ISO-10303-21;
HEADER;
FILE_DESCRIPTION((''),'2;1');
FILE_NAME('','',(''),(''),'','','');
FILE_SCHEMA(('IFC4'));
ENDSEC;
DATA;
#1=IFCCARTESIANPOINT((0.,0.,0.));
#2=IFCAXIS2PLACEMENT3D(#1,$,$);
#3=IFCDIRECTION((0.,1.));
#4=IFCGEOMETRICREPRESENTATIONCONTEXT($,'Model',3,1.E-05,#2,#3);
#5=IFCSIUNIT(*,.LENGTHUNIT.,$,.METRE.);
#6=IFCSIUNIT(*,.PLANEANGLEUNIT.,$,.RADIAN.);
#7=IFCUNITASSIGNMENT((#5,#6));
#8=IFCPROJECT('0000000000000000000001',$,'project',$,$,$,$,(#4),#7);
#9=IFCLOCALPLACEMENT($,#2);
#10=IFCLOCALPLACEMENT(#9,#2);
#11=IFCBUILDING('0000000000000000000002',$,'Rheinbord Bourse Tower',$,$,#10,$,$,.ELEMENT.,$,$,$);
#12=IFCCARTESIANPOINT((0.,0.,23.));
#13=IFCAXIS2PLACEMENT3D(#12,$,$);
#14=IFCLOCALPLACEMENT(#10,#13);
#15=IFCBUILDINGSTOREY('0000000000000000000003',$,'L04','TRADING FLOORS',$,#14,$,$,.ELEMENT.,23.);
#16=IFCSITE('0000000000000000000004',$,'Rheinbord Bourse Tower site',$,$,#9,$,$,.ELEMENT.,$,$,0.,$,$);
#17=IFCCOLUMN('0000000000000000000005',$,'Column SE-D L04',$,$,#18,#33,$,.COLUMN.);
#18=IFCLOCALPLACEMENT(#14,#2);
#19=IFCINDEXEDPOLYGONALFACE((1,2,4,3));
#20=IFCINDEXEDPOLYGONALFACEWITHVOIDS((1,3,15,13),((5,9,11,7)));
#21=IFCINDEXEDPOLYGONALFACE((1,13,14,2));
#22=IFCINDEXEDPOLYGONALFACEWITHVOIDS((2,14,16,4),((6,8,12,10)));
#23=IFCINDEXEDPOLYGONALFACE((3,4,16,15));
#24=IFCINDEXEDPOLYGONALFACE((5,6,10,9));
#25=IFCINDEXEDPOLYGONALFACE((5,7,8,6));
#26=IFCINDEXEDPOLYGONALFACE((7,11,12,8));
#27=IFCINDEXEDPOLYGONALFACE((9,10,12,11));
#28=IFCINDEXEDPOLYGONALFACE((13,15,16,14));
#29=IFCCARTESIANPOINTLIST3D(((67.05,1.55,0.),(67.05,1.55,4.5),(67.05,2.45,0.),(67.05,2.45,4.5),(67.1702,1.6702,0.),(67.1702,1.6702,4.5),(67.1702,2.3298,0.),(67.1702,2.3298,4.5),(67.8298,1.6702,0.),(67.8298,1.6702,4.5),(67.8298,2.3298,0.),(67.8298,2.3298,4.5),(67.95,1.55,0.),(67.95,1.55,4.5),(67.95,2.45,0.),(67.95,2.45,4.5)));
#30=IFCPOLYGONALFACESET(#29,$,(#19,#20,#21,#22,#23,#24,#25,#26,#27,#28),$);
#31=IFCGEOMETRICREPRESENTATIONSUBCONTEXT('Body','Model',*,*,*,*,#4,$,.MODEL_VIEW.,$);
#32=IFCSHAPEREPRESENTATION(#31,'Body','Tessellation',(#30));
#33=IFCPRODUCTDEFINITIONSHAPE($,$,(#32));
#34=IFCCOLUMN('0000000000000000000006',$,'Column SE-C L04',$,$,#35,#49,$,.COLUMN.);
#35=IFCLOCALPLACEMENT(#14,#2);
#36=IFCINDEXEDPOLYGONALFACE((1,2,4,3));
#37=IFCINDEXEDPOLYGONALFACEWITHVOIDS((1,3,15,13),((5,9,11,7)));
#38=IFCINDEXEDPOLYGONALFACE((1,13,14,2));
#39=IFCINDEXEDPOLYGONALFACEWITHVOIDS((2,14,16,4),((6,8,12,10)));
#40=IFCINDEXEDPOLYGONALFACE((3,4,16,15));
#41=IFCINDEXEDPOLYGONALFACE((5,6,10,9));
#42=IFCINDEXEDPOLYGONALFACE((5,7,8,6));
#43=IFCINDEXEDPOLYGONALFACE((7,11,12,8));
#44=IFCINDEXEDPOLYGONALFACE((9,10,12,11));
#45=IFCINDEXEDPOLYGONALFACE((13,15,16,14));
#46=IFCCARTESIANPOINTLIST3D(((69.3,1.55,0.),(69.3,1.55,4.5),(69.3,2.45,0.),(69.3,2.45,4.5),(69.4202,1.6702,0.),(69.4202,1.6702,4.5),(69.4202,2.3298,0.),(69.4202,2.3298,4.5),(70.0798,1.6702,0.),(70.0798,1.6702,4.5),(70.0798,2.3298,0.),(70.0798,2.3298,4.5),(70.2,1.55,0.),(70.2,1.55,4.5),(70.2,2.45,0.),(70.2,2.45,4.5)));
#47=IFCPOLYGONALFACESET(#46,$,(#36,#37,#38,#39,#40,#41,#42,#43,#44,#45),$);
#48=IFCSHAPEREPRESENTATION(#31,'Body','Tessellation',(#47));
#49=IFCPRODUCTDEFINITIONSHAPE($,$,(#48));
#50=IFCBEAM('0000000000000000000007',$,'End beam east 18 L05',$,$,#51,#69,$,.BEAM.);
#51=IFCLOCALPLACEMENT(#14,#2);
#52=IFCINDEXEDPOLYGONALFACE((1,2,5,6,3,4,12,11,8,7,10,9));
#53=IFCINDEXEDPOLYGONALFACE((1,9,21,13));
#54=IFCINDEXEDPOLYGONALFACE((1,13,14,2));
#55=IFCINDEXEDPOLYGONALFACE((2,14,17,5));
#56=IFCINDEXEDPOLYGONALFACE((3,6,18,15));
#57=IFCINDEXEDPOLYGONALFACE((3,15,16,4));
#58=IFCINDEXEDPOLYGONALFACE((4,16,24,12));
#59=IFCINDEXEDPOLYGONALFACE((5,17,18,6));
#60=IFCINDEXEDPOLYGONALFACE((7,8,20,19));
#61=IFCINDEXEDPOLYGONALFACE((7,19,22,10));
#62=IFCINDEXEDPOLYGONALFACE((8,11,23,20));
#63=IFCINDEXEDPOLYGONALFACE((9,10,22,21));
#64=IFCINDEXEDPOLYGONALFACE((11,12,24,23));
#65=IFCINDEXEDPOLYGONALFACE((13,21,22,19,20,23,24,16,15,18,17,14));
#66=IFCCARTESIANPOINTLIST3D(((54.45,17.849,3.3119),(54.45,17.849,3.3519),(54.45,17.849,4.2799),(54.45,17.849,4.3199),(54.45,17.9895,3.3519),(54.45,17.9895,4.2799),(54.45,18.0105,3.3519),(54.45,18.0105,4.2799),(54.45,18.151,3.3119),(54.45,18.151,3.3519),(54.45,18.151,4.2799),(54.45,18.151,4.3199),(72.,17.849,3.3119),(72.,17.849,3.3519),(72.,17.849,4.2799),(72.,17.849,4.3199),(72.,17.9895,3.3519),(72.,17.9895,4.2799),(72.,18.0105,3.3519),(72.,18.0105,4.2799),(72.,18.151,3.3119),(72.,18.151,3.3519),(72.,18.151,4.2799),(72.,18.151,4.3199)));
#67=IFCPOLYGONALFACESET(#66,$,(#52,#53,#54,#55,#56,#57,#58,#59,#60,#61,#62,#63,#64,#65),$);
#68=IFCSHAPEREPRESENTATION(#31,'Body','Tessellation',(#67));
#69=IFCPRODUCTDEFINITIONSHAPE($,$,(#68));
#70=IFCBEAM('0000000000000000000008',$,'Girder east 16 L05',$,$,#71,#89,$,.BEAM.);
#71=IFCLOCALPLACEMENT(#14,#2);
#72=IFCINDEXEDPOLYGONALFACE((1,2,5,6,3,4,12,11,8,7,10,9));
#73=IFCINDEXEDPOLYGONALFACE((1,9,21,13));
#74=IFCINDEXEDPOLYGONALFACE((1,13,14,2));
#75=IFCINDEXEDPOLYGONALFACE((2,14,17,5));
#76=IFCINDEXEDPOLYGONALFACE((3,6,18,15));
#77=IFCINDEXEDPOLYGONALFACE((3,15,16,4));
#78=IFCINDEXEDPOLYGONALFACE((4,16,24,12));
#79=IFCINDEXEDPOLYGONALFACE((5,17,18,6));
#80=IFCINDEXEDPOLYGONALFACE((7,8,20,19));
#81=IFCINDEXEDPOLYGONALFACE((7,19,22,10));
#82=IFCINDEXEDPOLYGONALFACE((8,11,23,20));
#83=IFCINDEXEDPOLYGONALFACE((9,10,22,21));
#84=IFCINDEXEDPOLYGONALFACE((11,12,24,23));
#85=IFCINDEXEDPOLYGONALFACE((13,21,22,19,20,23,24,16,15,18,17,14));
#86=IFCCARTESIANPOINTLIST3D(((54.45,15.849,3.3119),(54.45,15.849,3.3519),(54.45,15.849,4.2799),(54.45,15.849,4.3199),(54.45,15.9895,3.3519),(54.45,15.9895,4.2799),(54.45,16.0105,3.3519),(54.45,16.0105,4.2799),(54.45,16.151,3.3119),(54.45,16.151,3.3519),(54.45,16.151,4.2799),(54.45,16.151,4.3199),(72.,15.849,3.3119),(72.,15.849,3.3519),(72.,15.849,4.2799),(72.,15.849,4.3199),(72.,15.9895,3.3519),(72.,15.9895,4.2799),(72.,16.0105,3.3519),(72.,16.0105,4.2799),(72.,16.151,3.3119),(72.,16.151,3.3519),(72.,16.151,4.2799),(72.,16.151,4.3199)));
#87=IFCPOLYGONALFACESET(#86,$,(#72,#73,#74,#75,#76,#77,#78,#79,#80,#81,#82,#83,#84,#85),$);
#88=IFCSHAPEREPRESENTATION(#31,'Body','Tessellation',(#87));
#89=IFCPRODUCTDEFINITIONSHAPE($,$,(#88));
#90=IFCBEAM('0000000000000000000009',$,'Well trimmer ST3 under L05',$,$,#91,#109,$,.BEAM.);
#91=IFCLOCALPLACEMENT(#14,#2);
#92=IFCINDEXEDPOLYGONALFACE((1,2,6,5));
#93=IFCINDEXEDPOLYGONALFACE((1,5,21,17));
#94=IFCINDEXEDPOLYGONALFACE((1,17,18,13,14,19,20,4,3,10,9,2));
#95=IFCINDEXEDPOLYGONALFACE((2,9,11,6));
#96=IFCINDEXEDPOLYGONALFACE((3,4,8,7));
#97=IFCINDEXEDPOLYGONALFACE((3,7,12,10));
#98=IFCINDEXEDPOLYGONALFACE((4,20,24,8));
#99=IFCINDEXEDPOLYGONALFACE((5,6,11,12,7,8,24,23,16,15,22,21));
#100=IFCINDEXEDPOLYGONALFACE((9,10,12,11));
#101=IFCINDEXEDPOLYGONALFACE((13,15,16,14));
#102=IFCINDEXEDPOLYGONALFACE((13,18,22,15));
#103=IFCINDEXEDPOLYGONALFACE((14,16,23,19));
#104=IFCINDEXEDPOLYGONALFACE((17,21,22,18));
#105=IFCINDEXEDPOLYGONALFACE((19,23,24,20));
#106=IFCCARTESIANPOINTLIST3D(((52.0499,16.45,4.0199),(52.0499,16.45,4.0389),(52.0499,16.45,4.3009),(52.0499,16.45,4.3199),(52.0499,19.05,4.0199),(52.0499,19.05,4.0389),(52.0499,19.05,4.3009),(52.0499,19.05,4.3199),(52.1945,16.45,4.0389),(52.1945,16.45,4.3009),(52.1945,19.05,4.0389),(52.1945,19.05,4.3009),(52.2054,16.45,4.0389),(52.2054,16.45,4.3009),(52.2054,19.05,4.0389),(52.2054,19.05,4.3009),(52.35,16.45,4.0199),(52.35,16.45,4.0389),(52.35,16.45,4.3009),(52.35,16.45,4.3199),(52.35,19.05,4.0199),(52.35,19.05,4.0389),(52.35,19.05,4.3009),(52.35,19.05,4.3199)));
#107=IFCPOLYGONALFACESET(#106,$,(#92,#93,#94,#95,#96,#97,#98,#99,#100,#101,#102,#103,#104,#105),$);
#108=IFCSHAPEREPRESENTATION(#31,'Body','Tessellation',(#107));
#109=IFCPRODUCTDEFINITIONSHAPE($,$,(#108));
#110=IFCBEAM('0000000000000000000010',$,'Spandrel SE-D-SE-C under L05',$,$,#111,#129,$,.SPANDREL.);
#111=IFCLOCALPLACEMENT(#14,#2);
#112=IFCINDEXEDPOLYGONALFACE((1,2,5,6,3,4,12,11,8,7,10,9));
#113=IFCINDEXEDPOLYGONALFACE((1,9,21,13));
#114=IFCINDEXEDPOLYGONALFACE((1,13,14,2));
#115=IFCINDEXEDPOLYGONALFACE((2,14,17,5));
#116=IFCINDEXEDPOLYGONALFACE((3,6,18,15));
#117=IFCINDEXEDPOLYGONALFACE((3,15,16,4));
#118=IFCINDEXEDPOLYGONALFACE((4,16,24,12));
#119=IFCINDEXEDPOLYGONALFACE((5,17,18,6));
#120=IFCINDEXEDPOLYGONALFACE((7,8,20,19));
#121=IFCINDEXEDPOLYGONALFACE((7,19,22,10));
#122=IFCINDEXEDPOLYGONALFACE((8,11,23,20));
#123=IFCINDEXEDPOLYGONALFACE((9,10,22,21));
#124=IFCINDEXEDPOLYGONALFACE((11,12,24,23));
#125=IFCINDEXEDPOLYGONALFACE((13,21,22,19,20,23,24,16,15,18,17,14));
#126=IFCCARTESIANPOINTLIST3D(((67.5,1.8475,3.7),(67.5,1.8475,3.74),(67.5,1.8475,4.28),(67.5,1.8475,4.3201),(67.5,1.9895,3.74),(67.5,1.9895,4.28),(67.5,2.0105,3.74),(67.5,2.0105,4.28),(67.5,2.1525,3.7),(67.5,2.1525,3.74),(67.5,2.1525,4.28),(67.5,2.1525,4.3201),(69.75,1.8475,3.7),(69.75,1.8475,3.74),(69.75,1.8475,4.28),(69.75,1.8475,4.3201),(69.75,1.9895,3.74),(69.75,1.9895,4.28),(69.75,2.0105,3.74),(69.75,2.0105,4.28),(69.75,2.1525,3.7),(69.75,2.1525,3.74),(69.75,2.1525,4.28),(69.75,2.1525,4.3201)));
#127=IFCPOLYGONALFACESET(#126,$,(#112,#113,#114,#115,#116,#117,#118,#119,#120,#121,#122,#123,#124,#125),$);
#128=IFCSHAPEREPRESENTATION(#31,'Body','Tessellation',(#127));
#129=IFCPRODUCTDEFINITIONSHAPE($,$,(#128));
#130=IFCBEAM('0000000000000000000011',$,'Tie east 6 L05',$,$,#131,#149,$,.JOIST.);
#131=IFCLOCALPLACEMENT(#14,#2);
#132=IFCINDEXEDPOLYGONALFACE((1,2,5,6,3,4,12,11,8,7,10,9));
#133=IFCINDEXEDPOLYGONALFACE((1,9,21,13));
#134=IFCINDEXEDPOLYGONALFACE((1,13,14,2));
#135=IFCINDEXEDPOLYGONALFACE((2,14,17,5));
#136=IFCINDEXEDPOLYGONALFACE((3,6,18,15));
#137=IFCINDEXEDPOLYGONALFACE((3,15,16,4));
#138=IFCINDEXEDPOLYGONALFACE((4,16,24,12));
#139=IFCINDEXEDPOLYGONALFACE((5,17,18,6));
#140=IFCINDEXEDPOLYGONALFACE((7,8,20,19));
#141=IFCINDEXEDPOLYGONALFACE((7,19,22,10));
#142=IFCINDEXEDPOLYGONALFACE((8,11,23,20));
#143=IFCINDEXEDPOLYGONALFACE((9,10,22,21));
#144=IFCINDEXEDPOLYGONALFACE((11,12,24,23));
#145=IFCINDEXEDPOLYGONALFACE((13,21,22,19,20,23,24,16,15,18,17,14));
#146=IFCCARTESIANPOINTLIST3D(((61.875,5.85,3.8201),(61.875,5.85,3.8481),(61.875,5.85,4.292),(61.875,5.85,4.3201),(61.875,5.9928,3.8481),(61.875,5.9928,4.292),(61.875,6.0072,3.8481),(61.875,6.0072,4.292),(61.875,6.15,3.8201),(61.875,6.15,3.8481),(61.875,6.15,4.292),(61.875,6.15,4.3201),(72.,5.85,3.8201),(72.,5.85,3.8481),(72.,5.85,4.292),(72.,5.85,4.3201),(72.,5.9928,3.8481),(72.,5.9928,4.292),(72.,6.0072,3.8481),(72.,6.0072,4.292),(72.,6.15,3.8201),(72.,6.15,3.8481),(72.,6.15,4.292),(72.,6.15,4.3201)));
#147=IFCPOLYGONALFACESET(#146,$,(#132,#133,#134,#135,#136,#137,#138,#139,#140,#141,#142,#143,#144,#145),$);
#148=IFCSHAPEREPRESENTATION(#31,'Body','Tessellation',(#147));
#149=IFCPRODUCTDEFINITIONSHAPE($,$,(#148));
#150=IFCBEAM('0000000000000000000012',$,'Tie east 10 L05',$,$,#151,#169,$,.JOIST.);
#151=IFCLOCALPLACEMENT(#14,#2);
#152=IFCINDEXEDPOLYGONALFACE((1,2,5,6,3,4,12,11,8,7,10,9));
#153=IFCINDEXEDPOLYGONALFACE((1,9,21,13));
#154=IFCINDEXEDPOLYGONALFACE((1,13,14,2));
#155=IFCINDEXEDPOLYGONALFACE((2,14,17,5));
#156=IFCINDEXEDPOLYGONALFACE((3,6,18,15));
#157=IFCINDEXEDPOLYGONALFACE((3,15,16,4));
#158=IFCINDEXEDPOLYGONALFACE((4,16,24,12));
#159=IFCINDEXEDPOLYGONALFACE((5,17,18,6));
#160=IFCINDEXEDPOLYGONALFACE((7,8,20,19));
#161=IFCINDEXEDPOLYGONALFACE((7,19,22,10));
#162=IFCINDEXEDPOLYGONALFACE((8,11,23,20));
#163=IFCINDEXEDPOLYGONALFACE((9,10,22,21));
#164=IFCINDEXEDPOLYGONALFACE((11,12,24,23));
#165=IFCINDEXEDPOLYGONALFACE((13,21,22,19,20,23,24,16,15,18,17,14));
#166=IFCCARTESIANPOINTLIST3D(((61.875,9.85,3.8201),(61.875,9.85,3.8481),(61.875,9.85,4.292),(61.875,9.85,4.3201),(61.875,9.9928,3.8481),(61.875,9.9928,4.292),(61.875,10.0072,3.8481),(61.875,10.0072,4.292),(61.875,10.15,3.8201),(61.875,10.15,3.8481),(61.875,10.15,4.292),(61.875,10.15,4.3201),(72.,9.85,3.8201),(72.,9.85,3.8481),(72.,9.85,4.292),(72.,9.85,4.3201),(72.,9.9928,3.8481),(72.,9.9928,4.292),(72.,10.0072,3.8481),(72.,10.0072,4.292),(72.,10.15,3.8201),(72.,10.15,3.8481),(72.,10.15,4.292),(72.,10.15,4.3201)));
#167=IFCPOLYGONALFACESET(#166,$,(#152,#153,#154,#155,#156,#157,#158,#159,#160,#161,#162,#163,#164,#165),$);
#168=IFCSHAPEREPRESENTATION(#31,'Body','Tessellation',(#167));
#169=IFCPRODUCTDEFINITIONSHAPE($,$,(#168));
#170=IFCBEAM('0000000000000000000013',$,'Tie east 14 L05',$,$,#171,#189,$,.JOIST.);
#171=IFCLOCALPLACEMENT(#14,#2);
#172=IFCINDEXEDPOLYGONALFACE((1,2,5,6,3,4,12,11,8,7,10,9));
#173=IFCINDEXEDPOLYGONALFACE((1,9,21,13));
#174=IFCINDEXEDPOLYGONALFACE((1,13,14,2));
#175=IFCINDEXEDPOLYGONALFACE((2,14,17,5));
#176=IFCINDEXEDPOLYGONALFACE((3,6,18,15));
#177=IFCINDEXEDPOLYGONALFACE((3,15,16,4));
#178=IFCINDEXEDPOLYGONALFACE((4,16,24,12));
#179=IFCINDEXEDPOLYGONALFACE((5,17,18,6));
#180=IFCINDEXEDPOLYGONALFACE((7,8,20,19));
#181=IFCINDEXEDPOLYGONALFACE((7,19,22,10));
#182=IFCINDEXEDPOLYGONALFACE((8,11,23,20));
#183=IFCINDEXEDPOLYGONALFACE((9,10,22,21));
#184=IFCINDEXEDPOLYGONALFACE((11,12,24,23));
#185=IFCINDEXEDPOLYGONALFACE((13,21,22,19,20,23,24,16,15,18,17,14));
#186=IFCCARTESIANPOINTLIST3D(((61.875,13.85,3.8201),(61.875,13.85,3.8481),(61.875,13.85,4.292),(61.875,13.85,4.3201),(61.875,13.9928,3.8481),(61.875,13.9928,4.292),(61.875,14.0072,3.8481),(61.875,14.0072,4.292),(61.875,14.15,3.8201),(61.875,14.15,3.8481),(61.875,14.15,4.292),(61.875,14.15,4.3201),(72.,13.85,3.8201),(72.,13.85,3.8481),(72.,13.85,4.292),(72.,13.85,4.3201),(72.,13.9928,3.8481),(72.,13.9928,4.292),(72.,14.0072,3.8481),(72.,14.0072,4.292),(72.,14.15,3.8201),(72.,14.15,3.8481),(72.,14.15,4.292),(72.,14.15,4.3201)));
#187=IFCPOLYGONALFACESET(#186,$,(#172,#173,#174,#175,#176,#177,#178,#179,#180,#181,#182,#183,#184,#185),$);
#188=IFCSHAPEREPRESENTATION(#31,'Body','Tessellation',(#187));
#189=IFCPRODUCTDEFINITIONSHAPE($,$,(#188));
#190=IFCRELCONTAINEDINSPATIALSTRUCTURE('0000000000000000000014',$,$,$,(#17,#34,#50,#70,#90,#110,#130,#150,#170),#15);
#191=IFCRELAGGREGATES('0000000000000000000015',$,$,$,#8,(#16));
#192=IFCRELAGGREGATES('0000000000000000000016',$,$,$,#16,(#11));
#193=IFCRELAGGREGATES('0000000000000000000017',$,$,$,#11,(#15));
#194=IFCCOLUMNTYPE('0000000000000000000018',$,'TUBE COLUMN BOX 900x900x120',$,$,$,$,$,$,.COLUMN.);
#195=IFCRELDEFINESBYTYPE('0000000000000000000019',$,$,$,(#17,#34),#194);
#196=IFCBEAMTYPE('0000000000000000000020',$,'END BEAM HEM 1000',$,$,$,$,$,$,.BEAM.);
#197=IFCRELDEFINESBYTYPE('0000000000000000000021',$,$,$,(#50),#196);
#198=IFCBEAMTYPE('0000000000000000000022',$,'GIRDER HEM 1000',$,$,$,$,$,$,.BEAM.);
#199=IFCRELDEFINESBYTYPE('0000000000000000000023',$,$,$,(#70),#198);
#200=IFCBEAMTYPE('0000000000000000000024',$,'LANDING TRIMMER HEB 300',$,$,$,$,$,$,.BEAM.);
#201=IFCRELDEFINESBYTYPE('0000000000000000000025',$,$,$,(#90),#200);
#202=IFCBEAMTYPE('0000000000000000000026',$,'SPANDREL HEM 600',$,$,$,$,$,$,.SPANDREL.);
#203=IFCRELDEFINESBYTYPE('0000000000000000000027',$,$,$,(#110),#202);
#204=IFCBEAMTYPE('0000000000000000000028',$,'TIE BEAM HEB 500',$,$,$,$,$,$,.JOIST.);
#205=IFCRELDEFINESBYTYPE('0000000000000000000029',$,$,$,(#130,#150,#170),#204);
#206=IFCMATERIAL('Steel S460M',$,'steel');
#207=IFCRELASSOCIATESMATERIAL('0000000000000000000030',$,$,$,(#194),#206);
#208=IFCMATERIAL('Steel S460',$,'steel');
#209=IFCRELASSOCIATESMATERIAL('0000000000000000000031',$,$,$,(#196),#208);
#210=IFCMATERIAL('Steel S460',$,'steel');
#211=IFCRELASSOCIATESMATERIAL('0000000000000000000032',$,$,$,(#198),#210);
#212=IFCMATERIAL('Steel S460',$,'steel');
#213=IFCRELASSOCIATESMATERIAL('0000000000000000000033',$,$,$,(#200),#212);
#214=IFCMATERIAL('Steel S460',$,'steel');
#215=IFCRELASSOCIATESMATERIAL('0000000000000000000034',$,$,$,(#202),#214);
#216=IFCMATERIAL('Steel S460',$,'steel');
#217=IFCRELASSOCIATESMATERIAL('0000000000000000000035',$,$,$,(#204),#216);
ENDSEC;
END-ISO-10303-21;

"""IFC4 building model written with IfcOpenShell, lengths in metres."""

from ifc_helpers import new_model, si_unit, direction, frame, origin, origin_2d, place, context, subcontext, project, spatial, hollow_rectangle, i_section, extrude, material, material_profile, profile_set, type_object, element, save


model = new_model("IFC4")

# Units and contexts
model_context = context("Model", 3, precision=1e-05, world=origin(), true_north=direction((0.0, 1.0)))
body_context = subcontext(model_context, "Body", "Model", "MODEL_VIEW")
ifc_project = project(units=[si_unit("LENGTHUNIT", "METRE"), si_unit("PLANEANGLEUNIT", "RADIAN")], contexts=[model_context])

# Site, building, storey
site_placement = place(None, origin())
site = spatial("IfcSite", under=ifc_project, at=site_placement, Name="Rheinbord Bourse Tower site", CompositionType="ELEMENT", RefElevation=0.0)
building_placement = place(site_placement, origin())
building = spatial("IfcBuilding", under=site, at=building_placement, Name="Rheinbord Bourse Tower", CompositionType="ELEMENT")
storey_placement = place(building_placement, frame((0.0, 0.0, 23.0)))
storey = spatial("IfcBuildingStorey", under=building, at=storey_placement, Name="L04", Description="TRADING FLOORS", CompositionType="ELEMENT", Elevation=23.0)

# Columns
ifc_material_1 = material(Name="Steel S460M", Category="steel")
ifc_material_profile_1 = material_profile(ifc_material_1, hollow_rectangle(XDim=0.8999, YDim=0.8999, WallThickness=0.1201, at=origin_2d()), Name="BOX 900x900x120")
ifc_profile_set_1 = profile_set([ifc_material_profile_1], Name="Steel S460M")
column_type = type_object("IfcColumnType", Name="TUBE COLUMN BOX 900x900x120", PredefinedType="COLUMN", material=ifc_profile_set_1)
for number, where, z_axis, x_axis, name in (
    (1, (67.5, 2.0, 0.0), (0.0, 0.0, 1.0), (0.0, 1.0, 0.0), "Column SE-D L04"),
    (2, (69.75, 2.0, 0.0), (0.0, 0.0, 1.0), (1.0, 0.0, 0.0), "Column SE-C L04"),
):
    element("IfcColumn", number, at=place(storey_placement, frame(where, z_axis=z_axis, x_axis=x_axis)), inside=storey, type_object=column_type, Name=name, PredefinedType="COLUMN", context=body_context, shape_type="SweptSolid", body=[
        extrude(hollow_rectangle(XDim=0.8999, YDim=0.8999, WallThickness=0.1201, at=origin_2d()), origin(), (0.0, 0.0, 1.0), 4.5),
    ])

# Beams
ifc_material_2 = material(Name="Steel S460", Category="steel")
ifc_material_profile_2 = material_profile(ifc_material_2, i_section(OverallWidth=0.302, OverallDepth=1.0081, WebThickness=0.021, FlangeThickness=0.04, at=origin_2d()), Name="HEM 1000")
ifc_profile_set_2 = profile_set([ifc_material_profile_2], Name="Steel S460")
beam_type_1 = type_object("IfcBeamType", Name="END BEAM HEM 1000", PredefinedType="BEAM", material=ifc_profile_set_2)
beam_1_placement = place(storey_placement, frame((54.45, 18.0, 3.8159), z_axis=(1.0, 0.0, 0.0), x_axis=(0.0, 1.0, 0.0)))
element("IfcBeam", 3, at=beam_1_placement, inside=storey, type_object=beam_type_1, Name="End beam east 18 L05", PredefinedType="BEAM", context=body_context, shape_type="SweptSolid", body=[
    extrude(i_section(OverallWidth=0.302, OverallDepth=1.0081, WebThickness=0.021, FlangeThickness=0.04, at=origin_2d()), origin(), (0.0, 0.0, 1.0), 17.55),
])
ifc_material_3 = material(Name="Steel S460", Category="steel")
ifc_material_profile_3 = material_profile(ifc_material_3, i_section(OverallWidth=0.302, OverallDepth=1.0081, WebThickness=0.021, FlangeThickness=0.04, at=origin_2d()), Name="HEM 1000")
ifc_profile_set_3 = profile_set([ifc_material_profile_3], Name="Steel S460")
beam_type_2 = type_object("IfcBeamType", Name="GIRDER HEM 1000", PredefinedType="BEAM", material=ifc_profile_set_3)
beam_2_placement = place(storey_placement, frame((54.45, 16.0, 3.8159), z_axis=(1.0, 0.0, 0.0), x_axis=(0.0, 1.0, 0.0)))
element("IfcBeam", 4, at=beam_2_placement, inside=storey, type_object=beam_type_2, Name="Girder east 16 L05", PredefinedType="BEAM", context=body_context, shape_type="SweptSolid", body=[
    extrude(i_section(OverallWidth=0.302, OverallDepth=1.0081, WebThickness=0.021, FlangeThickness=0.04, at=origin_2d()), origin(), (0.0, 0.0, 1.0), 17.55),
])
ifc_material_4 = material(Name="Steel S460", Category="steel")
ifc_material_profile_4 = material_profile(ifc_material_4, i_section(OverallWidth=0.3, OverallDepth=0.3, WebThickness=0.011, FlangeThickness=0.019, at=origin_2d()), Name="HEB 300")
ifc_profile_set_4 = profile_set([ifc_material_profile_4], Name="Steel S460")
beam_type_3 = type_object("IfcBeamType", Name="LANDING TRIMMER HEB 300", PredefinedType="BEAM", material=ifc_profile_set_4)
beam_3_placement = place(storey_placement, frame((52.2, 16.45, 4.1699), z_axis=(0.0, 1.0, 0.0), x_axis=(-1.0, 0.0, 0.0)))
element("IfcBeam", 5, at=beam_3_placement, inside=storey, type_object=beam_type_3, Name="Well trimmer ST3 under L05", PredefinedType="BEAM", context=body_context, shape_type="SweptSolid", body=[
    extrude(i_section(OverallWidth=0.3, OverallDepth=0.3, WebThickness=0.011, FlangeThickness=0.019, at=origin_2d()), origin(), (0.0, 0.0, 1.0), 2.6001),
])
ifc_material_5 = material(Name="Steel S460", Category="steel")
ifc_material_profile_5 = material_profile(ifc_material_5, i_section(OverallWidth=0.3049, OverallDepth=0.6201, WebThickness=0.021, FlangeThickness=0.04, at=origin_2d()), Name="HEM 600")
ifc_profile_set_5 = profile_set([ifc_material_profile_5], Name="Steel S460")
beam_type_4 = type_object("IfcBeamType", Name="SPANDREL HEM 600", PredefinedType="SPANDREL", material=ifc_profile_set_5)
beam_4_placement = place(storey_placement, frame((67.5, 2.0, 4.01), z_axis=(1.0, 0.0, 0.0), x_axis=(0.0, 1.0, 0.0)))
element("IfcBeam", 6, at=beam_4_placement, inside=storey, type_object=beam_type_4, Name="Spandrel SE-D-SE-C under L05", PredefinedType="SPANDREL", context=body_context, shape_type="SweptSolid", body=[
    extrude(i_section(OverallWidth=0.3049, OverallDepth=0.6201, WebThickness=0.021, FlangeThickness=0.04, at=origin_2d()), origin(), (0.0, 0.0, 1.0), 2.25),
])
ifc_material_6 = material(Name="Steel S460", Category="steel")
ifc_material_profile_6 = material_profile(ifc_material_6, i_section(OverallWidth=0.3, OverallDepth=0.5, WebThickness=0.0144, FlangeThickness=0.0281, at=origin_2d()), Name="HEB 500")
ifc_profile_set_6 = profile_set([ifc_material_profile_6], Name="Steel S460")
beam_type_5 = type_object("IfcBeamType", Name="TIE BEAM HEB 500", PredefinedType="JOIST", material=ifc_profile_set_6)
for number, where, z_axis, x_axis, name in (
    (7, (61.875, 6.0, 4.0701), (1.0, 0.0, 0.0), (0.0, 1.0, 0.0), "Tie east 6 L05"),
    (8, (61.875, 10.0, 4.0701), (1.0, 0.0, 0.0), (0.0, 1.0, 0.0), "Tie east 10 L05"),
    (9, (61.875, 14.0, 4.0701), (1.0, 0.0, 0.0), (0.0, 1.0, 0.0), "Tie east 14 L05"),
):
    element("IfcBeam", number, at=place(storey_placement, frame(where, z_axis=z_axis, x_axis=x_axis)), inside=storey, type_object=beam_type_5, Name=name, PredefinedType="JOIST", context=body_context, shape_type="SweptSolid", body=[
        extrude(i_section(OverallWidth=0.3, OverallDepth=0.5, WebThickness=0.0144, FlangeThickness=0.0281, at=origin_2d()), origin(), (0.0, 0.0, 1.0), 10.125),
    ])

save(model, "model.ifc")
